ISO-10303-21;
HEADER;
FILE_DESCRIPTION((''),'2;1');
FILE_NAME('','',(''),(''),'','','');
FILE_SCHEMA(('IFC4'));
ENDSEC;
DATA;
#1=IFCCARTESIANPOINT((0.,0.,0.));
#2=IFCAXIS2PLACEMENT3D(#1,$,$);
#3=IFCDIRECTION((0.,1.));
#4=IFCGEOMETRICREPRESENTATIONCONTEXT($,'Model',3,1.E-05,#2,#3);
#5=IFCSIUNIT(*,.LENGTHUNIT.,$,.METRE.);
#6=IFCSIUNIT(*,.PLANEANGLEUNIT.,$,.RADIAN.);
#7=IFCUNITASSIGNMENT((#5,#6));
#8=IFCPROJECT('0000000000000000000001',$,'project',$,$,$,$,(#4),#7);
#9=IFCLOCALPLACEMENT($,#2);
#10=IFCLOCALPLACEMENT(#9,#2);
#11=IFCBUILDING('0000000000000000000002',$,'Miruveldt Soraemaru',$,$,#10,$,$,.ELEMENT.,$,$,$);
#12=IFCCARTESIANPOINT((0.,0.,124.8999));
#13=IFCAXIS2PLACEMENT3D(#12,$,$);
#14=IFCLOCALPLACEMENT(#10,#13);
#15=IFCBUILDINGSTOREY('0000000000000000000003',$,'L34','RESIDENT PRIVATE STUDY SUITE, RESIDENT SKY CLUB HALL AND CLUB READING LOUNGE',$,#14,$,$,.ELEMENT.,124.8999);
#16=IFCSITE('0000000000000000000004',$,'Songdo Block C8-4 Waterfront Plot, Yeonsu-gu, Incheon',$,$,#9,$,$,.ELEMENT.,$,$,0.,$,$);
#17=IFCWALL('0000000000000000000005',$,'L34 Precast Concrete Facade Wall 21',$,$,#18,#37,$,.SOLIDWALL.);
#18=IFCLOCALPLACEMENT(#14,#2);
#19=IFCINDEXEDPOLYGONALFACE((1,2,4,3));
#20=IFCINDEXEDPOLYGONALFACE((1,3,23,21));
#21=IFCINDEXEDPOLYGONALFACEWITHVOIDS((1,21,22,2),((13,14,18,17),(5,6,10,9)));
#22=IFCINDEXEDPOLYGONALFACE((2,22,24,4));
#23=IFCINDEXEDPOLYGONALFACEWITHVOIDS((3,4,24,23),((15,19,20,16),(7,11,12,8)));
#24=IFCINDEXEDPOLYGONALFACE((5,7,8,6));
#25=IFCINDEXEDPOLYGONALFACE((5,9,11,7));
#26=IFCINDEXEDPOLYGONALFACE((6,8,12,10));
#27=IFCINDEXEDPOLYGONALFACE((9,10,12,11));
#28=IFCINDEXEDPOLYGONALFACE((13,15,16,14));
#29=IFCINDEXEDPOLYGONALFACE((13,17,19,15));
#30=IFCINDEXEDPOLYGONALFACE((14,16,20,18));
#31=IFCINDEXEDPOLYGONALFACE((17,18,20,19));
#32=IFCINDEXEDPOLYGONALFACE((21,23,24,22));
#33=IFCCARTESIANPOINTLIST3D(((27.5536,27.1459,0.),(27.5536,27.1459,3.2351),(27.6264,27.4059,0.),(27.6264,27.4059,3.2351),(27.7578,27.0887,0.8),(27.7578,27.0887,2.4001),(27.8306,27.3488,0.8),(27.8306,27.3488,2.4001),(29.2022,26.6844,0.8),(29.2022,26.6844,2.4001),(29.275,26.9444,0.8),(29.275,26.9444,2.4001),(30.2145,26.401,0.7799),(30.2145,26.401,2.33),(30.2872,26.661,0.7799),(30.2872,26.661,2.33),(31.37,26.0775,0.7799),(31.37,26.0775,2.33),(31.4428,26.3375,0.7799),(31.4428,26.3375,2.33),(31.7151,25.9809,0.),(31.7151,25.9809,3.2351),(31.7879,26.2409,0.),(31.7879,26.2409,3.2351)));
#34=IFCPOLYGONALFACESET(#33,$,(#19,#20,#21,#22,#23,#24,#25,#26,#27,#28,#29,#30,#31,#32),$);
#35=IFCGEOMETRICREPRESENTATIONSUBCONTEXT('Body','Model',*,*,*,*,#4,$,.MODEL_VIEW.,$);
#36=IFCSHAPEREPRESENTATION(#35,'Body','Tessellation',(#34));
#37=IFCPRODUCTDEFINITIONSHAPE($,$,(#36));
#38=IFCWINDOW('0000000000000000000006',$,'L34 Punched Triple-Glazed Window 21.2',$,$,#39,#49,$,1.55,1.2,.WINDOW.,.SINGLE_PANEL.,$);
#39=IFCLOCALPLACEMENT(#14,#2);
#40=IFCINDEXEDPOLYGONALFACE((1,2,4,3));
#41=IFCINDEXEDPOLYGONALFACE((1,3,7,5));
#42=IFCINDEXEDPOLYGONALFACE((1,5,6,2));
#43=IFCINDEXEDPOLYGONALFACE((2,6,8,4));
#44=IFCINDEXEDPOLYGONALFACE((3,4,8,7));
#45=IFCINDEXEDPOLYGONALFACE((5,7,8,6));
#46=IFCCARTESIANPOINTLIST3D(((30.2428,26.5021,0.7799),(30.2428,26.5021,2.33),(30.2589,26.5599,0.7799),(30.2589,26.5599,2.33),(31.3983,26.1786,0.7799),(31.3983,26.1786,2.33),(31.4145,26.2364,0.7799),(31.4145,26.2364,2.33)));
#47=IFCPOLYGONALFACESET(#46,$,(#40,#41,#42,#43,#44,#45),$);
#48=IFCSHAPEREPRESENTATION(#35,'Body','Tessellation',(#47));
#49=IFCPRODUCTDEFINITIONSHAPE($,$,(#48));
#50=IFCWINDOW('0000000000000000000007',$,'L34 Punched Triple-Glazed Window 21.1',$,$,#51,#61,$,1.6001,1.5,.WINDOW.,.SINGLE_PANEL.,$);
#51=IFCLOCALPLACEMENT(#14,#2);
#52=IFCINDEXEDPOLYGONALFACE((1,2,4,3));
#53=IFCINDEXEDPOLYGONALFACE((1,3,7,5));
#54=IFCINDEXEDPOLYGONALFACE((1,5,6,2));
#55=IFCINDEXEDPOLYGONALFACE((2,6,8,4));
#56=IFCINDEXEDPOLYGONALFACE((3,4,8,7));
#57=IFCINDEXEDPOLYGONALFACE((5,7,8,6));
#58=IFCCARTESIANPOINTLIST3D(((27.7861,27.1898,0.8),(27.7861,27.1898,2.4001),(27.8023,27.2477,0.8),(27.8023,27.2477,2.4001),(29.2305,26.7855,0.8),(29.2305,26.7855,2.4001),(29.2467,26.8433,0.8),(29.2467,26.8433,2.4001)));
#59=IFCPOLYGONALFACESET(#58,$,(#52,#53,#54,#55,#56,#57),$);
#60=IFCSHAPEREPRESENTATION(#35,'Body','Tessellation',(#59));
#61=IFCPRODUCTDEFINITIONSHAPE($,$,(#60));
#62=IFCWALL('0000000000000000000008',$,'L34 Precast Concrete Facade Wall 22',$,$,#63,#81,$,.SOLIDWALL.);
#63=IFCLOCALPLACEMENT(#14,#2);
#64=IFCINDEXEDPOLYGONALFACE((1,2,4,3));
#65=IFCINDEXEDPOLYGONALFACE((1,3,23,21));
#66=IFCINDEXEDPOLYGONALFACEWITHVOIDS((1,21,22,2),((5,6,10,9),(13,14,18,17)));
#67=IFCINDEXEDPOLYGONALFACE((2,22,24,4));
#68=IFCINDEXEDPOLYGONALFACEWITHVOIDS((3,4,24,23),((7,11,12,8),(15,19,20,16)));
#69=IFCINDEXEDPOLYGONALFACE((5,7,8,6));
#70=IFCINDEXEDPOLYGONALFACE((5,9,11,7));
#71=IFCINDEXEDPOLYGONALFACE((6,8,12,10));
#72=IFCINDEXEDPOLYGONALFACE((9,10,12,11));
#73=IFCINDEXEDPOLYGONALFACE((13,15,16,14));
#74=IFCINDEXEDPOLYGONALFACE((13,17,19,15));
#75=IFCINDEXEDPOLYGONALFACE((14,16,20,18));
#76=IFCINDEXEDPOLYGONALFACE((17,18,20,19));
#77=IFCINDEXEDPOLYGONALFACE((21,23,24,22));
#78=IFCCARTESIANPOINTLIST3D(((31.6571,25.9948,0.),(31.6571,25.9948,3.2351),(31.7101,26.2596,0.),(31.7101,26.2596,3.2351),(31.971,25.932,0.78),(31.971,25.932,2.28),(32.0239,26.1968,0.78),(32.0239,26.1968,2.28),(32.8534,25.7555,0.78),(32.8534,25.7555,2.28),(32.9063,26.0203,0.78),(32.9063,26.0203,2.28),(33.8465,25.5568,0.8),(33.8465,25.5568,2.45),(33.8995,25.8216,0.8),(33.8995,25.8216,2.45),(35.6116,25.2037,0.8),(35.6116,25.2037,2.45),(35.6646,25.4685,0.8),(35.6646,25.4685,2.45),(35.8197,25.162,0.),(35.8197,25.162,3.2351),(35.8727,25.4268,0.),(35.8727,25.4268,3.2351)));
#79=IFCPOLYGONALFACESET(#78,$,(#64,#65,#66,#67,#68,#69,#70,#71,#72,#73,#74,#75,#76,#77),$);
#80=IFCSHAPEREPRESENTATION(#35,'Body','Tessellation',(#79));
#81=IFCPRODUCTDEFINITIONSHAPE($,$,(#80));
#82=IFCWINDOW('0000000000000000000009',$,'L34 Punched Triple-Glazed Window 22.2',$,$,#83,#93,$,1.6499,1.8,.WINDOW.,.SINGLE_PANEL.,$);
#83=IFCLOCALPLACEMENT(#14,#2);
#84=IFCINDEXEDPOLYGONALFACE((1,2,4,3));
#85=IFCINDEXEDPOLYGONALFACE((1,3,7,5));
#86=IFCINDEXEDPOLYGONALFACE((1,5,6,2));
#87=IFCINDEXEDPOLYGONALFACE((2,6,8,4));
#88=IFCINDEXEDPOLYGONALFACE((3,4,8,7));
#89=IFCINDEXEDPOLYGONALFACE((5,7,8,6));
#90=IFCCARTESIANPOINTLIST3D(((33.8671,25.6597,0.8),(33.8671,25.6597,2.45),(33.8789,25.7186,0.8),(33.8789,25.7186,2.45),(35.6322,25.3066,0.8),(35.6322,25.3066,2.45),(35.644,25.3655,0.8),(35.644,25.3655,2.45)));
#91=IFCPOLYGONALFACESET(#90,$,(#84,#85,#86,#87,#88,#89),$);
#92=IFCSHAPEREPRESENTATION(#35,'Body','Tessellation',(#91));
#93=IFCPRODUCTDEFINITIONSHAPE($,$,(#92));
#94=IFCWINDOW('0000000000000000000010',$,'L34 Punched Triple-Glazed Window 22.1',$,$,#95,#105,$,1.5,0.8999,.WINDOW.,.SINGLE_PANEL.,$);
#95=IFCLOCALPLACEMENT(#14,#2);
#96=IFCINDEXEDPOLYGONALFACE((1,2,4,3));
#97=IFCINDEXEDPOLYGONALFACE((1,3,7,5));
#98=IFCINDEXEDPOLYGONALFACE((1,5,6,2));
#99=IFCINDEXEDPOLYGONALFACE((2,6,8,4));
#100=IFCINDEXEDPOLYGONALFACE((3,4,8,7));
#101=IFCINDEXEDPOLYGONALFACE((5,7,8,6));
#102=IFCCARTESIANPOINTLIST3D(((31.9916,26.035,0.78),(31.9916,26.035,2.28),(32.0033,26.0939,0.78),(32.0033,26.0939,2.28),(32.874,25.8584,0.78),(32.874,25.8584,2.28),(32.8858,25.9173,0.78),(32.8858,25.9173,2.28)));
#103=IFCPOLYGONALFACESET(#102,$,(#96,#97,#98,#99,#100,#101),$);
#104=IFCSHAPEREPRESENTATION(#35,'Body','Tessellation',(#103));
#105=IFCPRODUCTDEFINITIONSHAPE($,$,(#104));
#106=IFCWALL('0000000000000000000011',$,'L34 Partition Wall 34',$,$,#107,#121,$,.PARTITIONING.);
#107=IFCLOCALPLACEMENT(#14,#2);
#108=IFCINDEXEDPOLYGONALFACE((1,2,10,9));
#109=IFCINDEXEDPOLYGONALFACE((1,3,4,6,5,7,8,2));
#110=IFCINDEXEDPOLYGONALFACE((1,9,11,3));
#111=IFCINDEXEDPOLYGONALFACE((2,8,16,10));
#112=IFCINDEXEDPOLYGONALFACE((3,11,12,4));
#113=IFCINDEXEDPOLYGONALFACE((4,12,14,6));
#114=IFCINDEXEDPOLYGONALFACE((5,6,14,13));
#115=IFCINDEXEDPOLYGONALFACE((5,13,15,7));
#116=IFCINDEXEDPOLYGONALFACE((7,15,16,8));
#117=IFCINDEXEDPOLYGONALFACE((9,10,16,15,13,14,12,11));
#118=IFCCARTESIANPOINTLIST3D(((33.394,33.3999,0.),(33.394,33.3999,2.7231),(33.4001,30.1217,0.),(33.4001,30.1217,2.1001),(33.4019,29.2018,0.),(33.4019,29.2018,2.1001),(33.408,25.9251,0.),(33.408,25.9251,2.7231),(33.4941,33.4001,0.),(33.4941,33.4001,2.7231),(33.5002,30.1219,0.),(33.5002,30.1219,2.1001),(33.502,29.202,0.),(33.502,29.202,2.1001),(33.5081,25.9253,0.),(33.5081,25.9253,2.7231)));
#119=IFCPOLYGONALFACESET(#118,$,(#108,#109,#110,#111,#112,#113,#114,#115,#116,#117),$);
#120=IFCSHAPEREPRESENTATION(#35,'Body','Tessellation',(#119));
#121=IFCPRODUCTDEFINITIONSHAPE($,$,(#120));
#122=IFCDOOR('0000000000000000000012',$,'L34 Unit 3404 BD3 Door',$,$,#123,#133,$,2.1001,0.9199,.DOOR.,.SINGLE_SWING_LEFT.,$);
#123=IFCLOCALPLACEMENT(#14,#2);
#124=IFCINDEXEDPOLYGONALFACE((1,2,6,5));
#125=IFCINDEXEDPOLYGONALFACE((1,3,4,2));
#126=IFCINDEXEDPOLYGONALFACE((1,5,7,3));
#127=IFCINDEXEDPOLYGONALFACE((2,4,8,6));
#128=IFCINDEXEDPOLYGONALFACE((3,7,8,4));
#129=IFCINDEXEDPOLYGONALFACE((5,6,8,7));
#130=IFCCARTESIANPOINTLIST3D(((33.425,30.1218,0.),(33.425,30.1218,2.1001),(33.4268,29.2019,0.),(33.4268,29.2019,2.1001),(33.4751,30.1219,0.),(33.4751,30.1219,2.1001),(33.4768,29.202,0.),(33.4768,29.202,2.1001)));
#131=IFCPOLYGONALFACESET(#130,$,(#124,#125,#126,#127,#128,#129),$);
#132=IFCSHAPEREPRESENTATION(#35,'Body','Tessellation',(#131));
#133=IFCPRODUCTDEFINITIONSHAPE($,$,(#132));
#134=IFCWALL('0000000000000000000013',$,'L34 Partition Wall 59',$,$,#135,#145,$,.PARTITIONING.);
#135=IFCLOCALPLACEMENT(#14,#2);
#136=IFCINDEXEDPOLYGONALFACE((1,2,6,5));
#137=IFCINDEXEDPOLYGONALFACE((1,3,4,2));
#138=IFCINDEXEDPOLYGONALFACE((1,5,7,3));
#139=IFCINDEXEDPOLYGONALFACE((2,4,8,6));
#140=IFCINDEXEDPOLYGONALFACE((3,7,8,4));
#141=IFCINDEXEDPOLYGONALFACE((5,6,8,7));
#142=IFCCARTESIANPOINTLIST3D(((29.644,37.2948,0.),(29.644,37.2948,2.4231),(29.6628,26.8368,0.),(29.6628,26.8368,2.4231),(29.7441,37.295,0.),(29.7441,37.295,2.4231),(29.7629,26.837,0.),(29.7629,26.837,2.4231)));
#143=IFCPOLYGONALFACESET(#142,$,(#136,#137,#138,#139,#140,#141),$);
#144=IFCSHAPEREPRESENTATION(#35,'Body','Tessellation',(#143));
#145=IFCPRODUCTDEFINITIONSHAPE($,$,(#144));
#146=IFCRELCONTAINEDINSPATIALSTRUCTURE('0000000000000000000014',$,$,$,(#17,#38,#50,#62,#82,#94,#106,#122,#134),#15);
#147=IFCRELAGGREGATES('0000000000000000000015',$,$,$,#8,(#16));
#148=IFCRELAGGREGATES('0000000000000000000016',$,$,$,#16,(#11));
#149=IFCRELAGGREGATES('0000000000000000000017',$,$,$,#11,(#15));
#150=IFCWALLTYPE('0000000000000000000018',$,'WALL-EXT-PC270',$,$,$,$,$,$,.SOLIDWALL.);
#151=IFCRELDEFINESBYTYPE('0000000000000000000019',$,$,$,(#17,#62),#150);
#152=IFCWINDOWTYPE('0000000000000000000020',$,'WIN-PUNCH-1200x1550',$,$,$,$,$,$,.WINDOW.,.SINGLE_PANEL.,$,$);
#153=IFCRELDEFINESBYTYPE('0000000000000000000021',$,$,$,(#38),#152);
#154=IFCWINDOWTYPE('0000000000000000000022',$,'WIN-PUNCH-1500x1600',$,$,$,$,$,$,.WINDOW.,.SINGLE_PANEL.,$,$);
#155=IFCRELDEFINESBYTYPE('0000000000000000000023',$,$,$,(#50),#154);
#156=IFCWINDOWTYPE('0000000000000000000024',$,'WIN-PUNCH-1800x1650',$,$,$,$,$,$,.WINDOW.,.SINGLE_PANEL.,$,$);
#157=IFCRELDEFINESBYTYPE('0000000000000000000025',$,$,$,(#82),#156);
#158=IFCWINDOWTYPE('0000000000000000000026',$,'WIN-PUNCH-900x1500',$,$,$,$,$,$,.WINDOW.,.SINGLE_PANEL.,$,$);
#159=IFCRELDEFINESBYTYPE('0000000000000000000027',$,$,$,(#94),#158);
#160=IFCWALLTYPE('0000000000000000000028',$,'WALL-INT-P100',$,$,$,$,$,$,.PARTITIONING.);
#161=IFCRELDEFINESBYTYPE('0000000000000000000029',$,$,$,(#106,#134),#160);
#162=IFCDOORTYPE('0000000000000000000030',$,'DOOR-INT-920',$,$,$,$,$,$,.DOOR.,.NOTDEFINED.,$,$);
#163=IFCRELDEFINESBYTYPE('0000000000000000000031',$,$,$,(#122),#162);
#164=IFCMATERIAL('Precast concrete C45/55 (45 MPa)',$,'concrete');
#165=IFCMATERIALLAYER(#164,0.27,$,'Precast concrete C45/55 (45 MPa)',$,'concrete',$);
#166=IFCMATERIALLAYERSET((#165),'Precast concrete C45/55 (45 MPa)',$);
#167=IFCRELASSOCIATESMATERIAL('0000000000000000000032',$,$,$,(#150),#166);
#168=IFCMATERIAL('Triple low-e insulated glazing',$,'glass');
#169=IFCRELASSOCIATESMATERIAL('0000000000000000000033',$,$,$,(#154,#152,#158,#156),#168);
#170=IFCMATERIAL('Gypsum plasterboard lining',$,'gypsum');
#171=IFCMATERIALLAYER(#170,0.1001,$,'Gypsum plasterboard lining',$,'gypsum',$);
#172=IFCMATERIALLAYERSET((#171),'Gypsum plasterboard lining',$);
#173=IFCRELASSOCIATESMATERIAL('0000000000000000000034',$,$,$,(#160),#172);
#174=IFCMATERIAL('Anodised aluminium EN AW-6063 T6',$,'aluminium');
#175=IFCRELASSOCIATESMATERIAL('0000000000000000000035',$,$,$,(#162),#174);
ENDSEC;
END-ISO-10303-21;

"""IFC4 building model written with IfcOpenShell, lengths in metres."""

from ifc_helpers import new_model, si_unit, direction, frame, frame_2d, origin, place, context, subcontext, project, spatial, rectangle, extrude, material, layer, layer_set, type_object, element, fill, save


model = new_model("IFC4")

# Units and contexts
model_context = context("Model", 3, precision=1e-05, world=origin(), true_north=direction((0.0, 1.0)))
body_context = subcontext(model_context, "Body", "Model", "MODEL_VIEW")
ifc_project = project(units=[si_unit("LENGTHUNIT", "METRE"), si_unit("PLANEANGLEUNIT", "RADIAN")], contexts=[model_context])

# Site, building, storey
site_placement = place(None, origin())
site = spatial("IfcSite", under=ifc_project, at=site_placement, Name="Songdo Block C8-4 Waterfront Plot, Yeonsu-gu, Incheon", CompositionType="ELEMENT", RefElevation=0.0)
building_placement = place(site_placement, origin())
building = spatial("IfcBuilding", under=site, at=building_placement, Name="Miruveldt Soraemaru", CompositionType="ELEMENT")
storey_placement = place(building_placement, frame((0.0, 0.0, 124.8999)))
storey = spatial("IfcBuildingStorey", under=building, at=storey_placement, Name="L34", Description="RESIDENT PRIVATE STUDY SUITE, RESIDENT SKY CLUB HALL AND CLUB READING LOUNGE", CompositionType="ELEMENT", Elevation=124.8999)

# Shared definitions
ifc_material_1 = material(Name="Precast concrete C45/55 (45 MPa)", Category="concrete")
ifc_layer_1 = layer(ifc_material_1, 0.27, Name="Precast concrete C45/55 (45 MPa)", Category="concrete")
ifc_layer_set_1 = layer_set([ifc_layer_1], Name="Precast concrete C45/55 (45 MPa)")
wall_type_1 = type_object("IfcWallType", Name="WALL-EXT-PC270", PredefinedType="SOLIDWALL", material=ifc_layer_set_1)
ifc_material_2 = material(Name="Triple low-e insulated glazing", Category="glass")
window_type_1 = type_object("IfcWindowType", Name="WIN-PUNCH-1500x1600", PartitioningType="SINGLE_PANEL", PredefinedType="WINDOW", material=ifc_material_2)
window_type_2 = type_object("IfcWindowType", Name="WIN-PUNCH-1200x1550", PartitioningType="SINGLE_PANEL", PredefinedType="WINDOW", material=ifc_material_2)
window_type_3 = type_object("IfcWindowType", Name="WIN-PUNCH-900x1500", PartitioningType="SINGLE_PANEL", PredefinedType="WINDOW", material=ifc_material_2)
window_type_4 = type_object("IfcWindowType", Name="WIN-PUNCH-1800x1650", PartitioningType="SINGLE_PANEL", PredefinedType="WINDOW", material=ifc_material_2)

# Walls, openings, windows
wall_1_placement = place(storey_placement, frame((27.5901, 27.2759, 0.0), z_axis=(0.0, 0.0, 1.0), x_axis=(0.962977, -0.269584, 0.0)))
wall_1 = element("IfcWall", 1, at=wall_1_placement, inside=storey, type_object=wall_type_1, Name="L34 Precast Concrete Facade Wall 21", PredefinedType="SOLIDWALL", context=body_context, shape_type="SweptSolid", body=[
    extrude(rectangle(XDim=4.3215, YDim=0.27, at=frame_2d((2.1606, 0.0))), origin(), (0.0, 0.0, 1.0), 3.2351),
])
opening_1_placement = place(wall_1_placement, frame((0.2119, 0.0, 0.8)))
opening_1 = element("IfcOpeningElement", 2, at=opening_1_placement, cuts=wall_1, PredefinedType="OPENING", context=body_context, shape_type="SweptSolid", body=[
    extrude(rectangle(XDim=1.5, YDim=1.6001, at=frame_2d((0.75, 0.8))), frame((0.0, 0.145, 0.0), z_axis=(0.0, -1.0, 0.0), x_axis=(1.0, 0.0, 0.0)), (0.0, 0.0, 1.0), 0.29),
])
opening_2_placement = place(wall_1_placement, frame((2.7629, 0.0, 0.78)))
opening_2 = element("IfcOpeningElement", 3, at=opening_2_placement, cuts=wall_1, PredefinedType="OPENING", context=body_context, shape_type="SweptSolid", body=[
    extrude(rectangle(XDim=1.2, YDim=1.55, at=frame_2d((0.6001, 0.7749))), frame((0.0, 0.145, 0.0), z_axis=(0.0, -1.0, 0.0), x_axis=(1.0, 0.0, 0.0)), (0.0, 0.0, 1.0), 0.29),
])
window_1_placement = place(opening_2_placement, origin())
window_1 = element("IfcWindow", 4, at=window_1_placement, inside=storey, type_object=window_type_2, Name="L34 Punched Triple-Glazed Window 21.2", OverallHeight=1.55, OverallWidth=1.2, PartitioningType="SINGLE_PANEL", PredefinedType="WINDOW", context=body_context, shape_type="SweptSolid", body=[
    extrude(rectangle(XDim=1.2, YDim=1.55, at=frame_2d((0.6001, 0.7749))), frame((0.0, 0.03, 0.0), z_axis=(0.0, -1.0, 0.0), x_axis=(1.0, 0.0, 0.0)), (0.0, 0.0, 1.0), 0.0601),
])
fill(opening_2, window_1)
window_2_placement = place(opening_1_placement, origin())
window_2 = element("IfcWindow", 5, at=window_2_placement, inside=storey, type_object=window_type_1, Name="L34 Punched Triple-Glazed Window 21.1", OverallHeight=1.6001, OverallWidth=1.5, PartitioningType="SINGLE_PANEL", PredefinedType="WINDOW", context=body_context, shape_type="SweptSolid", body=[
    extrude(rectangle(XDim=1.5, YDim=1.6001, at=frame_2d((0.75, 0.8))), frame((0.0, 0.03, 0.0), z_axis=(0.0, -1.0, 0.0), x_axis=(1.0, 0.0, 0.0)), (0.0, 0.0, 1.0), 0.0601),
])
fill(opening_1, window_2)
wall_2_placement = place(storey_placement, frame((31.6836, 26.1272, 0.0), z_axis=(0.0, 0.0, 1.0), x_axis=(0.98057, -0.196171, 0.0)))
wall_2 = element("IfcWall", 6, at=wall_2_placement, inside=storey, type_object=wall_type_1, Name="L34 Precast Concrete Facade Wall 22", PredefinedType="SOLIDWALL", context=body_context, shape_type="SweptSolid", body=[
    extrude(rectangle(XDim=4.2451, YDim=0.27, at=frame_2d((2.1226, 0.0))), origin(), (0.0, 0.0, 1.0), 3.2351),
])
opening_3_placement = place(wall_2_placement, frame((0.3201, 0.0, 0.78)))
opening_3 = element("IfcOpeningElement", 7, at=opening_3_placement, cuts=wall_2, PredefinedType="OPENING", context=body_context, shape_type="SweptSolid", body=[
    extrude(rectangle(XDim=0.8999, YDim=1.5, at=frame_2d((0.45, 0.75))), frame((0.0, 0.145, 0.0), z_axis=(0.0, -1.0, 0.0), x_axis=(1.0, 0.0, 0.0)), (0.0, 0.0, 1.0), 0.29),
])
opening_4_placement = place(wall_2_placement, frame((2.2329, 0.0, 0.8)))
opening_4 = element("IfcOpeningElement", 8, at=opening_4_placement, cuts=wall_2, PredefinedType="OPENING", context=body_context, shape_type="SweptSolid", body=[
    extrude(rectangle(XDim=1.8, YDim=1.6499, at=frame_2d((0.8999, 0.825))), frame((0.0, 0.145, 0.0), z_axis=(0.0, -1.0, 0.0), x_axis=(1.0, 0.0, 0.0)), (0.0, 0.0, 1.0), 0.29),
])
window_3_placement = place(opening_4_placement, origin())
window_3 = element("IfcWindow", 9, at=window_3_placement, inside=storey, type_object=window_type_4, Name="L34 Punched Triple-Glazed Window 22.2", OverallHeight=1.6499, OverallWidth=1.8, PartitioningType="SINGLE_PANEL", PredefinedType="WINDOW", context=body_context, shape_type="SweptSolid", body=[
    extrude(rectangle(XDim=1.8, YDim=1.6499, at=frame_2d((0.8999, 0.825))), frame((0.0, 0.03, 0.0), z_axis=(0.0, -1.0, 0.0), x_axis=(1.0, 0.0, 0.0)), (0.0, 0.0, 1.0), 0.0601),
])
fill(opening_4, window_3)
window_4_placement = place(opening_3_placement, origin())
window_4 = element("IfcWindow", 10, at=window_4_placement, inside=storey, type_object=window_type_3, Name="L34 Punched Triple-Glazed Window 22.1", OverallHeight=1.5, OverallWidth=0.8999, PartitioningType="SINGLE_PANEL", PredefinedType="WINDOW", context=body_context, shape_type="SweptSolid", body=[
    extrude(rectangle(XDim=0.8999, YDim=1.5, at=frame_2d((0.45, 0.75))), frame((0.0, 0.03, 0.0), z_axis=(0.0, -1.0, 0.0), x_axis=(1.0, 0.0, 0.0)), (0.0, 0.0, 1.0), 0.0601),
])
fill(opening_3, window_4)

# Wall, opening, door
ifc_material_3 = material(Name="Gypsum plasterboard lining", Category="gypsum")
ifc_layer_2 = layer(ifc_material_3, 0.1001, Name="Gypsum plasterboard lining", Category="gypsum")
ifc_layer_set_2 = layer_set([ifc_layer_2], Name="Gypsum plasterboard lining")
wall_type_2 = type_object("IfcWallType", Name="WALL-INT-P100", PredefinedType="PARTITIONING", material=ifc_layer_set_2)
wall_3_placement = place(storey_placement, frame((33.4441, 33.3999, 0.0), z_axis=(0.0, 0.0, 1.0), x_axis=(0.001862, -0.999998, 0.0)))
wall_3 = element("IfcWall", 11, at=wall_3_placement, inside=storey, type_object=wall_type_2, Name="L34 Partition Wall 34", PredefinedType="PARTITIONING", context=body_context, shape_type="SweptSolid", body=[
    extrude(rectangle(XDim=7.4749, YDim=0.1001, at=frame_2d((3.7373, 0.0))), origin(), (0.0, 0.0, 1.0), 2.7231),
])
opening_5_placement = place(wall_3_placement, frame((3.2781, 0.0, 0.0)))
opening_5 = element("IfcOpeningElement", 12, at=opening_5_placement, cuts=wall_3, PredefinedType="OPENING", context=body_context, shape_type="SweptSolid", body=[
    extrude(rectangle(XDim=0.9199, YDim=2.1001, at=frame_2d((0.46, 1.05))), frame((0.0, 0.0601, 0.0), z_axis=(0.0, -1.0, 0.0), x_axis=(1.0, 0.0, 0.0)), (0.0, 0.0, 1.0), 0.1201),
])
ifc_material_4 = material(Name="Anodised aluminium EN AW-6063 T6", Category="aluminium")
door_type_1 = type_object("IfcDoorType", Name="DOOR-INT-920", OperationType="NOTDEFINED", PredefinedType="DOOR", material=ifc_material_4)
door_1_placement = place(opening_5_placement, origin())
door_1 = element("IfcDoor", 13, at=door_1_placement, inside=storey, type_object=door_type_1, Name="L34 Unit 3404 BD3 Door", OperationType="SINGLE_SWING_LEFT", OverallHeight=2.1001, OverallWidth=0.9199, PredefinedType="DOOR", context=body_context, shape_type="SweptSolid", body=[
    extrude(rectangle(XDim=0.9199, YDim=2.1001, at=frame_2d((0.46, 1.05))), frame((0.0, 0.0249, 0.0), z_axis=(0.0, -1.0, 0.0), x_axis=(1.0, 0.0, 0.0)), (0.0, 0.0, 1.0), 0.05),
])
fill(opening_5, door_1)

# Wall
wall_4_placement = place(storey_placement, frame((29.7129, 26.8369, 0.0), z_axis=(0.0, 0.0, 1.0), x_axis=(-0.001798, 0.999998, 0.0)))
element("IfcWall", 14, at=wall_4_placement, inside=storey, type_object=wall_type_2, Name="L34 Partition Wall 59", PredefinedType="PARTITIONING", context=body_context, shape_type="SweptSolid", body=[
    extrude(rectangle(XDim=10.458, YDim=0.1001, at=frame_2d((5.229, 0.0))), origin(), (0.0, 0.0, 1.0), 2.4231),
])

save(model, "model.ifc")
